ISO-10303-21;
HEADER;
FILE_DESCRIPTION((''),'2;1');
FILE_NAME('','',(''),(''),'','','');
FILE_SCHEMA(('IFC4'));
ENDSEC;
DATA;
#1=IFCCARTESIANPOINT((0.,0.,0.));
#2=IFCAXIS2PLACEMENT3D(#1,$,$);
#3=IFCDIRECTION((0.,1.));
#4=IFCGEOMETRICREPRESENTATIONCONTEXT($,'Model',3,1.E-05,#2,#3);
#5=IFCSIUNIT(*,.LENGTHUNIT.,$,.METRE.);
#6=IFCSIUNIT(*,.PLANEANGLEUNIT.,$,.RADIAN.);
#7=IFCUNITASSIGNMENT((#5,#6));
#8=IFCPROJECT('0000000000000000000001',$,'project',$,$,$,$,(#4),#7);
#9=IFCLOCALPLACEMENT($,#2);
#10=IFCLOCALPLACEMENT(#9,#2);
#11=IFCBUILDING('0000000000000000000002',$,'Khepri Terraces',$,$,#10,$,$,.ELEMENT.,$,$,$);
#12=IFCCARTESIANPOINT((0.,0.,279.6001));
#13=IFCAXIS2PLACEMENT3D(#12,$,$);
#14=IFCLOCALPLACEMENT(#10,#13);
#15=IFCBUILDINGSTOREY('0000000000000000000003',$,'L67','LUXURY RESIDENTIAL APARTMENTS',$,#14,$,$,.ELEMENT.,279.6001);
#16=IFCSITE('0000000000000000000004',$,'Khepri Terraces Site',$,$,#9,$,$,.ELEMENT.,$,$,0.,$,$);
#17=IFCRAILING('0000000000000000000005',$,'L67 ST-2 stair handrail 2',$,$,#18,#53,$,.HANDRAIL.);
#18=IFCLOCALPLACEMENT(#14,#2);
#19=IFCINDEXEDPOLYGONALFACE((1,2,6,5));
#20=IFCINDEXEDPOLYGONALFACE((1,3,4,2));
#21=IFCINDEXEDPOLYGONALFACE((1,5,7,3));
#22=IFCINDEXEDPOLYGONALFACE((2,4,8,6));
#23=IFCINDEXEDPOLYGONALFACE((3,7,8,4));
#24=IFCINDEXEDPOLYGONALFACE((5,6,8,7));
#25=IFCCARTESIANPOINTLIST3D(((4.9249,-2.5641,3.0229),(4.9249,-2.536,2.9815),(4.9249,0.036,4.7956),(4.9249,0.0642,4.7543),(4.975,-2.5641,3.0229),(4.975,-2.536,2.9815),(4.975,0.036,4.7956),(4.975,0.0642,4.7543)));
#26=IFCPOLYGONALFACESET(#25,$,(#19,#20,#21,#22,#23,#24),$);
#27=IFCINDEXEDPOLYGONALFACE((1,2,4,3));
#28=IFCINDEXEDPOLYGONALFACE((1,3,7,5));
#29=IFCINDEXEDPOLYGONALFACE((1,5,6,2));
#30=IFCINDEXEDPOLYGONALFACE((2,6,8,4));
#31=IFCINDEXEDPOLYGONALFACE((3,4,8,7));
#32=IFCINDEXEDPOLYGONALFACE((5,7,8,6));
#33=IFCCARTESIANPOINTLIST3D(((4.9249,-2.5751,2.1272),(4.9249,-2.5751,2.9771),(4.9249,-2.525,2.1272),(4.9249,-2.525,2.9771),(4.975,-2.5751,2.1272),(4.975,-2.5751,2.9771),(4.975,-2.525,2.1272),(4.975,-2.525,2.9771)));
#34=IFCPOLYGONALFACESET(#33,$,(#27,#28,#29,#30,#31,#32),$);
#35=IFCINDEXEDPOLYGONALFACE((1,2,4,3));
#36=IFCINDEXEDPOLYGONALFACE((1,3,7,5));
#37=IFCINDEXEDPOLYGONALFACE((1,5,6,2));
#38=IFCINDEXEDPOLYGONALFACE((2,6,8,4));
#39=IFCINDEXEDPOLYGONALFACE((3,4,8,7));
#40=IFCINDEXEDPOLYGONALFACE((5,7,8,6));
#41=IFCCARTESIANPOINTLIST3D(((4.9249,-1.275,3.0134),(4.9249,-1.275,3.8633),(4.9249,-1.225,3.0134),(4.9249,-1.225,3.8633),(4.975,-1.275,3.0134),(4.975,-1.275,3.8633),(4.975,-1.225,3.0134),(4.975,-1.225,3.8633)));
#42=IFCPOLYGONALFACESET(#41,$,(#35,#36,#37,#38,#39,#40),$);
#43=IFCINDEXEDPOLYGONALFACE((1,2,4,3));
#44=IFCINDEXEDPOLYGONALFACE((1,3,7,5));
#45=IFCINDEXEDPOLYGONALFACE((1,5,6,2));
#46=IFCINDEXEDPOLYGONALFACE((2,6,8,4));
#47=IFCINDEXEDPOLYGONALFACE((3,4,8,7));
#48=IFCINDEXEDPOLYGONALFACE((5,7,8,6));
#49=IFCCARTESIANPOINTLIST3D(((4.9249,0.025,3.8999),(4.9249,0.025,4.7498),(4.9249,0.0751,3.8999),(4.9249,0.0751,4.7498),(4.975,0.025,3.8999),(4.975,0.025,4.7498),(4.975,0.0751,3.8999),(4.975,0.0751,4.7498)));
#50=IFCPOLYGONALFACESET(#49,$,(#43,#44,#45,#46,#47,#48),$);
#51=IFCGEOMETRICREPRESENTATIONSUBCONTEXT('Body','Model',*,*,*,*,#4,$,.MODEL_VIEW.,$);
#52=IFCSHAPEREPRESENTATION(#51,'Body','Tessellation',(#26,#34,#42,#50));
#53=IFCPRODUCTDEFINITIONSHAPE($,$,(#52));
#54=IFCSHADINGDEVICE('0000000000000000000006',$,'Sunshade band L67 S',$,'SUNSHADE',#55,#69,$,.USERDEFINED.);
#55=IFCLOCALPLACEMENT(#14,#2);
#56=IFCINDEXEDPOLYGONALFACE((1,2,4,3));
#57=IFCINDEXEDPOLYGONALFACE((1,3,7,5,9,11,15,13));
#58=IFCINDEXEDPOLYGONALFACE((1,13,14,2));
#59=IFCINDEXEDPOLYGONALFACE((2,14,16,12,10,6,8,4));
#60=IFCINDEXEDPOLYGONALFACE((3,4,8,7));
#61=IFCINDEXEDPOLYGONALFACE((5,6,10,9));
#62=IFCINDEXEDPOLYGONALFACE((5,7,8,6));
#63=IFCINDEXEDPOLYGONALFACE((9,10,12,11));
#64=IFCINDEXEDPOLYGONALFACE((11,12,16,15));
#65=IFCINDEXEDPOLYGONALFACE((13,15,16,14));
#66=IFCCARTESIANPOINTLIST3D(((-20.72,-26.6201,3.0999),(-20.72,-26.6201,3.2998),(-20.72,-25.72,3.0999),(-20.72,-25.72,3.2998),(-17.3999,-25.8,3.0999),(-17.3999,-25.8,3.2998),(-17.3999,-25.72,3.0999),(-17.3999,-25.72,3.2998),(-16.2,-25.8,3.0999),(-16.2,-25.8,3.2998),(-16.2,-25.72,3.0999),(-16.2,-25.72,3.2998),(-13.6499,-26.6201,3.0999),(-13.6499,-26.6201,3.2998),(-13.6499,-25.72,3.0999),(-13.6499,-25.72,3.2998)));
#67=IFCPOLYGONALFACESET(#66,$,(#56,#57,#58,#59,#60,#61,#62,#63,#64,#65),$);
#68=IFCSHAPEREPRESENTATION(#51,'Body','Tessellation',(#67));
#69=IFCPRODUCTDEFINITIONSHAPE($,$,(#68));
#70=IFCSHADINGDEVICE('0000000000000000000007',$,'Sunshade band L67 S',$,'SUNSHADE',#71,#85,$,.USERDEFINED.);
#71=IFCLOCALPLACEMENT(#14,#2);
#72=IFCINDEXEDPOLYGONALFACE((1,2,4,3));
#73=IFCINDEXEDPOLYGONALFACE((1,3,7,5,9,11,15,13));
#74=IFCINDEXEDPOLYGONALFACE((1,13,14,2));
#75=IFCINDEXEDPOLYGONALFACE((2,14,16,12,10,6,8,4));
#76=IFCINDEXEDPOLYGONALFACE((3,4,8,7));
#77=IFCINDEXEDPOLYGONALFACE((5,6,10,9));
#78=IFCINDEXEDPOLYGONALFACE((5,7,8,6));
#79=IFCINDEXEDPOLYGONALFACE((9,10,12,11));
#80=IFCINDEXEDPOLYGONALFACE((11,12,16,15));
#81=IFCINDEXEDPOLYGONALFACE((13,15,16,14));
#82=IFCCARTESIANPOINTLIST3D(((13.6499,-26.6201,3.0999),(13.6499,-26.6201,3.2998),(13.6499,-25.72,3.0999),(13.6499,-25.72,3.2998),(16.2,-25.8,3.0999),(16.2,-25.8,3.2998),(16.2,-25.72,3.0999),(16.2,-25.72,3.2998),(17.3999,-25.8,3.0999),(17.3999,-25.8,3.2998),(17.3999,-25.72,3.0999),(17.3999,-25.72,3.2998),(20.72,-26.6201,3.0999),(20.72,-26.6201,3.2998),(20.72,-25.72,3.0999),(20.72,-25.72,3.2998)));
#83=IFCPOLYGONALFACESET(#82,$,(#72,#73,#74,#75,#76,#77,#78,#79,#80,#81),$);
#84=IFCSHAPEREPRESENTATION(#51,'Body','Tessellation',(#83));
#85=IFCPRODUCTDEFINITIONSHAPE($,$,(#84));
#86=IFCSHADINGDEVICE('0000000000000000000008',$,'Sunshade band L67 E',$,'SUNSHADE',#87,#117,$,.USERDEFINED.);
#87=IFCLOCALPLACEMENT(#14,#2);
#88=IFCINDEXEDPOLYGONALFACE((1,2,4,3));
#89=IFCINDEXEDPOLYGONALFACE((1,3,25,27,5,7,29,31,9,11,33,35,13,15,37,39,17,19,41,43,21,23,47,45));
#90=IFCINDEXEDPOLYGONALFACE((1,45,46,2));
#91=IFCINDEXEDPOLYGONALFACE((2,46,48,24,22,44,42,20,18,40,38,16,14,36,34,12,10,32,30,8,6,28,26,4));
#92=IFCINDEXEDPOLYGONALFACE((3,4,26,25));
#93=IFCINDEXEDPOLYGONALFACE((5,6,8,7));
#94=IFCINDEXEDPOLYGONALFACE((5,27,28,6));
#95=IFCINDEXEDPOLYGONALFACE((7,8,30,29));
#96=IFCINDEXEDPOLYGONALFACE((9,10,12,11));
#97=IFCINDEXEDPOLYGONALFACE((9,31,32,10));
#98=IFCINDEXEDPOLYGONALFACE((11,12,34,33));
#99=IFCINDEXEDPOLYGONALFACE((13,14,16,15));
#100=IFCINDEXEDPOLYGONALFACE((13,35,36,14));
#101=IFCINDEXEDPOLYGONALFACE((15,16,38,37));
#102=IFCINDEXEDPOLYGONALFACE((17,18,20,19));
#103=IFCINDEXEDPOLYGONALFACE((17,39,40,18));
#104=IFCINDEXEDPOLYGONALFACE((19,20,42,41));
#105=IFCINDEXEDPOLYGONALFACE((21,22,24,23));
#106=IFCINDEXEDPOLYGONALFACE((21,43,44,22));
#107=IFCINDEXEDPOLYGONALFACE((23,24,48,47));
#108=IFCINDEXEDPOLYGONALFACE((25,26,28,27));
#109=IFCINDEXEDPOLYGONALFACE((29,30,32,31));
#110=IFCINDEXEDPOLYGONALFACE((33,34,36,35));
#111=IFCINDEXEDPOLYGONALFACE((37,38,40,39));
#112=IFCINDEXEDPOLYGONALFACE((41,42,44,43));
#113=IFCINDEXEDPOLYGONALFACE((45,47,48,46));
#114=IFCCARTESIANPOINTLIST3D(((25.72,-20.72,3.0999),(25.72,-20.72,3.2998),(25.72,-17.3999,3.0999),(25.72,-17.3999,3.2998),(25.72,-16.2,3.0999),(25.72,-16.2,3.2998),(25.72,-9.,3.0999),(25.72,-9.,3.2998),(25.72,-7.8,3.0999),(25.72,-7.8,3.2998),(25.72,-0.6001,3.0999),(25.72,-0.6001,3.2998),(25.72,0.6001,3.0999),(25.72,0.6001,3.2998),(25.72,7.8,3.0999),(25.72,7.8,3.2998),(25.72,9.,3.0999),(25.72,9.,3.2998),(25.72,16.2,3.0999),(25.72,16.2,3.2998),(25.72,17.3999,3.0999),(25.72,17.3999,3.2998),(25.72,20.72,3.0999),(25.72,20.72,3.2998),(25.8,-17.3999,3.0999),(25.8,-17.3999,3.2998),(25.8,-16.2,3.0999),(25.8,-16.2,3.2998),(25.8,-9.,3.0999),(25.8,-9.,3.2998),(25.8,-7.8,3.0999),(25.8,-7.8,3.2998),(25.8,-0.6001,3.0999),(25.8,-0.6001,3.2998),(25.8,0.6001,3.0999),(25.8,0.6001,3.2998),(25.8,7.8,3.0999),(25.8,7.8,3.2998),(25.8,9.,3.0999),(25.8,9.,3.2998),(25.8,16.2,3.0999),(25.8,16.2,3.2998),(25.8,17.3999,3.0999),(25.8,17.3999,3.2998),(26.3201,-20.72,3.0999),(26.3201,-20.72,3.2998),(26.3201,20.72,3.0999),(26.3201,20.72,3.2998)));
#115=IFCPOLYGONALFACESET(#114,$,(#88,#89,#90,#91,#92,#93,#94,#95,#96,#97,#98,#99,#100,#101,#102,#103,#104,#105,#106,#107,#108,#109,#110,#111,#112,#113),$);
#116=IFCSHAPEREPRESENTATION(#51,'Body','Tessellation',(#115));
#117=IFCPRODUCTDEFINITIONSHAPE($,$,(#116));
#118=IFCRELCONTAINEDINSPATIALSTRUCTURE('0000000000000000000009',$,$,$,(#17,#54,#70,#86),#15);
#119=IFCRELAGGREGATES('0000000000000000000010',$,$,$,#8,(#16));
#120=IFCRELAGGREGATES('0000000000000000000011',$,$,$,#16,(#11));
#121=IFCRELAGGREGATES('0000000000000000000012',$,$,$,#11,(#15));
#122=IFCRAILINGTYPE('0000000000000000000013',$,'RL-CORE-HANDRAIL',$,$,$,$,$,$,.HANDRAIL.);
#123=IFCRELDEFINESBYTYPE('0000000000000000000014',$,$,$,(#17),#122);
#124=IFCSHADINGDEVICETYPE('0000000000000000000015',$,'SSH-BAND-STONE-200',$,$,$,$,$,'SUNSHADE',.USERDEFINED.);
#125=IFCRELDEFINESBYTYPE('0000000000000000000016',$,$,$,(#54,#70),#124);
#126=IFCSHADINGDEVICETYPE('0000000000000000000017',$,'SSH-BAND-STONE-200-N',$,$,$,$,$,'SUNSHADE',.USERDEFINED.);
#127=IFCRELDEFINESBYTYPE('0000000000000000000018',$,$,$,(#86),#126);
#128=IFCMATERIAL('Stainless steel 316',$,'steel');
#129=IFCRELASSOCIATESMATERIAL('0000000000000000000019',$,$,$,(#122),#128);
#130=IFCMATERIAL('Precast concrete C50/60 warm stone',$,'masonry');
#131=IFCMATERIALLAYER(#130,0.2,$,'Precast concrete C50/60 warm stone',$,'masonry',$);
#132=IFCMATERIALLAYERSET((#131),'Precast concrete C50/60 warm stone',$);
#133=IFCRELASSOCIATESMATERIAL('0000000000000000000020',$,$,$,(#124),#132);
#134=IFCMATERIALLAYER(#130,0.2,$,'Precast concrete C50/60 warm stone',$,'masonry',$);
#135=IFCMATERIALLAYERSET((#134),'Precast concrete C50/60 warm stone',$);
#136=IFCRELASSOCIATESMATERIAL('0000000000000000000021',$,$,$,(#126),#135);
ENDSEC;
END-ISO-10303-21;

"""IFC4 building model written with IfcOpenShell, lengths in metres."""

from ifc_helpers import new_model, si_unit, direction, frame, origin, origin_2d, place, context, subcontext, project, spatial, polyline, rectangle, outline, extrude, material, layer, layer_set, type_object, element, save


model = new_model("IFC4")

# Units and contexts
model_context = context("Model", 3, precision=1e-05, world=origin(), true_north=direction((0.0, 1.0)))
body_context = subcontext(model_context, "Body", "Model", "MODEL_VIEW")
ifc_project = project(units=[si_unit("LENGTHUNIT", "METRE"), si_unit("PLANEANGLEUNIT", "RADIAN")], contexts=[model_context])

# Site, building, storey
site_placement = place(None, origin())
site = spatial("IfcSite", under=ifc_project, at=site_placement, Name="Khepri Terraces Site", CompositionType="ELEMENT", RefElevation=0.0)
building_placement = place(site_placement, origin())
building = spatial("IfcBuilding", under=site, at=building_placement, Name="Khepri Terraces", CompositionType="ELEMENT")
storey_placement = place(building_placement, frame((0.0, 0.0, 279.6001)))
storey = spatial("IfcBuildingStorey", under=building, at=storey_placement, Name="L67", Description="LUXURY RESIDENTIAL APARTMENTS", CompositionType="ELEMENT", Elevation=279.6001)

# Shared definitions
ifc_material_1 = material(Name="Precast concrete C50/60 warm stone", Category="masonry")

# Railing
ifc_material_2 = material(Name="Stainless steel 316", Category="steel")
railing_type_1 = type_object("IfcRailingType", Name="RL-CORE-HANDRAIL", PredefinedType="HANDRAIL", material=ifc_material_2)
railing_1_placement = place(storey_placement, frame((4.95, -2.55, 2.1272)))
element("IfcRailing", 1, at=railing_1_placement, inside=storey, type_object=railing_type_1, Name="L67 ST-2 stair handrail 2", PredefinedType="HANDRAIL", context=body_context, shape_type="SweptSolid", body=[
    extrude(rectangle(XDim=0.05, YDim=0.05, at=origin_2d()), frame((0.0, 0.0, 0.875), z_axis=(0.0, 0.82624, 0.563318), x_axis=(-1.0, 0.0, 0.0)), (0.0, 0.0, 1.0), 3.147),
    extrude(rectangle(XDim=0.05, YDim=0.05, at=origin_2d()), origin(), (0.0, 0.0, 1.0), 0.8499),
    extrude(rectangle(XDim=0.05, YDim=0.05, at=origin_2d()), frame((0.0, 1.3, 0.8862)), (0.0, 0.0, 1.0), 0.8499),
    extrude(rectangle(XDim=0.05, YDim=0.05, at=origin_2d()), frame((0.0, 2.6001, 1.7727)), (0.0, 0.0, 1.0), 0.8499),
])

# Shading devices
ifc_layer_1 = layer(ifc_material_1, 0.2, Name="Precast concrete C50/60 warm stone", Category="masonry")
ifc_layer_set_1 = layer_set([ifc_layer_1], Name="Precast concrete C50/60 warm stone")
shading_device_type_1 = type_object("IfcShadingDeviceType", Name="SSH-BAND-STONE-200", ElementType="SUNSHADE", PredefinedType="USERDEFINED", material=ifc_layer_set_1)
shading_device_1_placement = place(storey_placement, frame((0.0, 0.0, 3.0999)))
element("IfcShadingDevice", 2, at=shading_device_1_placement, inside=storey, type_object=shading_device_type_1, Name="Sunshade band L67 S", ObjectType="SUNSHADE", PredefinedType="USERDEFINED", context=body_context, shape_type="SweptSolid", body=[
    extrude(outline(polyline([(-17.3999, -25.72), (-20.72, -25.72), (-20.72, -26.6201), (-13.6499, -26.6201), (-13.6499, -25.72), (-16.2, -25.72), (-16.2, -25.8), (-17.3999, -25.8), (-17.3999, -25.72)])), origin(), (0.0, 0.0, 1.0), 0.2),
])
shading_device_2_placement = place(storey_placement, frame((0.0, 0.0, 3.0999)))
element("IfcShadingDevice", 3, at=shading_device_2_placement, inside=storey, type_object=shading_device_type_1, Name="Sunshade band L67 S", ObjectType="SUNSHADE", PredefinedType="USERDEFINED", context=body_context, shape_type="SweptSolid", body=[
    extrude(outline(polyline([(16.2, -25.72), (13.6499, -25.72), (13.6499, -26.6201), (20.72, -26.6201), (20.72, -25.72), (17.3999, -25.72), (17.3999, -25.8), (16.2, -25.8), (16.2, -25.72)])), origin(), (0.0, 0.0, 1.0), 0.2),
])
ifc_layer_2 = layer(ifc_material_1, 0.2, Name="Precast concrete C50/60 warm stone", Category="masonry")
ifc_layer_set_2 = layer_set([ifc_layer_2], Name="Precast concrete C50/60 warm stone")
shading_device_type_2 = type_object("IfcShadingDeviceType", Name="SSH-BAND-STONE-200-N", ElementType="SUNSHADE", PredefinedType="USERDEFINED", material=ifc_layer_set_2)
shading_device_3_placement = place(storey_placement, frame((0.0, 0.0, 3.0999)))
element("IfcShadingDevice", 4, at=shading_device_3_placement, inside=storey, type_object=shading_device_type_2, Name="Sunshade band L67 E", ObjectType="SUNSHADE", PredefinedType="USERDEFINED", context=body_context, shape_type="SweptSolid", body=[
    extrude(outline(polyline([(25.72, -17.3999), (25.72, -20.72), (26.3201, -20.72), (26.3201, 20.72), (25.72, 20.72), (25.72, 17.3999), (25.8, 17.3999), (25.8, 16.2), (25.72, 16.2), (25.72, 9.0), (25.8, 9.0), (25.8, 7.8), (25.72, 7.8), (25.72, 0.6001), (25.8, 0.6001), (25.8, -0.6001), (25.72, -0.6001), (25.72, -7.8), (25.8, -7.8), (25.8, -9.0), (25.72, -9.0), (25.72, -16.2), (25.8, -16.2), (25.8, -17.3999), (25.72, -17.3999)])), origin(), (0.0, 0.0, 1.0), 0.2),
])

save(model, "model.ifc")
